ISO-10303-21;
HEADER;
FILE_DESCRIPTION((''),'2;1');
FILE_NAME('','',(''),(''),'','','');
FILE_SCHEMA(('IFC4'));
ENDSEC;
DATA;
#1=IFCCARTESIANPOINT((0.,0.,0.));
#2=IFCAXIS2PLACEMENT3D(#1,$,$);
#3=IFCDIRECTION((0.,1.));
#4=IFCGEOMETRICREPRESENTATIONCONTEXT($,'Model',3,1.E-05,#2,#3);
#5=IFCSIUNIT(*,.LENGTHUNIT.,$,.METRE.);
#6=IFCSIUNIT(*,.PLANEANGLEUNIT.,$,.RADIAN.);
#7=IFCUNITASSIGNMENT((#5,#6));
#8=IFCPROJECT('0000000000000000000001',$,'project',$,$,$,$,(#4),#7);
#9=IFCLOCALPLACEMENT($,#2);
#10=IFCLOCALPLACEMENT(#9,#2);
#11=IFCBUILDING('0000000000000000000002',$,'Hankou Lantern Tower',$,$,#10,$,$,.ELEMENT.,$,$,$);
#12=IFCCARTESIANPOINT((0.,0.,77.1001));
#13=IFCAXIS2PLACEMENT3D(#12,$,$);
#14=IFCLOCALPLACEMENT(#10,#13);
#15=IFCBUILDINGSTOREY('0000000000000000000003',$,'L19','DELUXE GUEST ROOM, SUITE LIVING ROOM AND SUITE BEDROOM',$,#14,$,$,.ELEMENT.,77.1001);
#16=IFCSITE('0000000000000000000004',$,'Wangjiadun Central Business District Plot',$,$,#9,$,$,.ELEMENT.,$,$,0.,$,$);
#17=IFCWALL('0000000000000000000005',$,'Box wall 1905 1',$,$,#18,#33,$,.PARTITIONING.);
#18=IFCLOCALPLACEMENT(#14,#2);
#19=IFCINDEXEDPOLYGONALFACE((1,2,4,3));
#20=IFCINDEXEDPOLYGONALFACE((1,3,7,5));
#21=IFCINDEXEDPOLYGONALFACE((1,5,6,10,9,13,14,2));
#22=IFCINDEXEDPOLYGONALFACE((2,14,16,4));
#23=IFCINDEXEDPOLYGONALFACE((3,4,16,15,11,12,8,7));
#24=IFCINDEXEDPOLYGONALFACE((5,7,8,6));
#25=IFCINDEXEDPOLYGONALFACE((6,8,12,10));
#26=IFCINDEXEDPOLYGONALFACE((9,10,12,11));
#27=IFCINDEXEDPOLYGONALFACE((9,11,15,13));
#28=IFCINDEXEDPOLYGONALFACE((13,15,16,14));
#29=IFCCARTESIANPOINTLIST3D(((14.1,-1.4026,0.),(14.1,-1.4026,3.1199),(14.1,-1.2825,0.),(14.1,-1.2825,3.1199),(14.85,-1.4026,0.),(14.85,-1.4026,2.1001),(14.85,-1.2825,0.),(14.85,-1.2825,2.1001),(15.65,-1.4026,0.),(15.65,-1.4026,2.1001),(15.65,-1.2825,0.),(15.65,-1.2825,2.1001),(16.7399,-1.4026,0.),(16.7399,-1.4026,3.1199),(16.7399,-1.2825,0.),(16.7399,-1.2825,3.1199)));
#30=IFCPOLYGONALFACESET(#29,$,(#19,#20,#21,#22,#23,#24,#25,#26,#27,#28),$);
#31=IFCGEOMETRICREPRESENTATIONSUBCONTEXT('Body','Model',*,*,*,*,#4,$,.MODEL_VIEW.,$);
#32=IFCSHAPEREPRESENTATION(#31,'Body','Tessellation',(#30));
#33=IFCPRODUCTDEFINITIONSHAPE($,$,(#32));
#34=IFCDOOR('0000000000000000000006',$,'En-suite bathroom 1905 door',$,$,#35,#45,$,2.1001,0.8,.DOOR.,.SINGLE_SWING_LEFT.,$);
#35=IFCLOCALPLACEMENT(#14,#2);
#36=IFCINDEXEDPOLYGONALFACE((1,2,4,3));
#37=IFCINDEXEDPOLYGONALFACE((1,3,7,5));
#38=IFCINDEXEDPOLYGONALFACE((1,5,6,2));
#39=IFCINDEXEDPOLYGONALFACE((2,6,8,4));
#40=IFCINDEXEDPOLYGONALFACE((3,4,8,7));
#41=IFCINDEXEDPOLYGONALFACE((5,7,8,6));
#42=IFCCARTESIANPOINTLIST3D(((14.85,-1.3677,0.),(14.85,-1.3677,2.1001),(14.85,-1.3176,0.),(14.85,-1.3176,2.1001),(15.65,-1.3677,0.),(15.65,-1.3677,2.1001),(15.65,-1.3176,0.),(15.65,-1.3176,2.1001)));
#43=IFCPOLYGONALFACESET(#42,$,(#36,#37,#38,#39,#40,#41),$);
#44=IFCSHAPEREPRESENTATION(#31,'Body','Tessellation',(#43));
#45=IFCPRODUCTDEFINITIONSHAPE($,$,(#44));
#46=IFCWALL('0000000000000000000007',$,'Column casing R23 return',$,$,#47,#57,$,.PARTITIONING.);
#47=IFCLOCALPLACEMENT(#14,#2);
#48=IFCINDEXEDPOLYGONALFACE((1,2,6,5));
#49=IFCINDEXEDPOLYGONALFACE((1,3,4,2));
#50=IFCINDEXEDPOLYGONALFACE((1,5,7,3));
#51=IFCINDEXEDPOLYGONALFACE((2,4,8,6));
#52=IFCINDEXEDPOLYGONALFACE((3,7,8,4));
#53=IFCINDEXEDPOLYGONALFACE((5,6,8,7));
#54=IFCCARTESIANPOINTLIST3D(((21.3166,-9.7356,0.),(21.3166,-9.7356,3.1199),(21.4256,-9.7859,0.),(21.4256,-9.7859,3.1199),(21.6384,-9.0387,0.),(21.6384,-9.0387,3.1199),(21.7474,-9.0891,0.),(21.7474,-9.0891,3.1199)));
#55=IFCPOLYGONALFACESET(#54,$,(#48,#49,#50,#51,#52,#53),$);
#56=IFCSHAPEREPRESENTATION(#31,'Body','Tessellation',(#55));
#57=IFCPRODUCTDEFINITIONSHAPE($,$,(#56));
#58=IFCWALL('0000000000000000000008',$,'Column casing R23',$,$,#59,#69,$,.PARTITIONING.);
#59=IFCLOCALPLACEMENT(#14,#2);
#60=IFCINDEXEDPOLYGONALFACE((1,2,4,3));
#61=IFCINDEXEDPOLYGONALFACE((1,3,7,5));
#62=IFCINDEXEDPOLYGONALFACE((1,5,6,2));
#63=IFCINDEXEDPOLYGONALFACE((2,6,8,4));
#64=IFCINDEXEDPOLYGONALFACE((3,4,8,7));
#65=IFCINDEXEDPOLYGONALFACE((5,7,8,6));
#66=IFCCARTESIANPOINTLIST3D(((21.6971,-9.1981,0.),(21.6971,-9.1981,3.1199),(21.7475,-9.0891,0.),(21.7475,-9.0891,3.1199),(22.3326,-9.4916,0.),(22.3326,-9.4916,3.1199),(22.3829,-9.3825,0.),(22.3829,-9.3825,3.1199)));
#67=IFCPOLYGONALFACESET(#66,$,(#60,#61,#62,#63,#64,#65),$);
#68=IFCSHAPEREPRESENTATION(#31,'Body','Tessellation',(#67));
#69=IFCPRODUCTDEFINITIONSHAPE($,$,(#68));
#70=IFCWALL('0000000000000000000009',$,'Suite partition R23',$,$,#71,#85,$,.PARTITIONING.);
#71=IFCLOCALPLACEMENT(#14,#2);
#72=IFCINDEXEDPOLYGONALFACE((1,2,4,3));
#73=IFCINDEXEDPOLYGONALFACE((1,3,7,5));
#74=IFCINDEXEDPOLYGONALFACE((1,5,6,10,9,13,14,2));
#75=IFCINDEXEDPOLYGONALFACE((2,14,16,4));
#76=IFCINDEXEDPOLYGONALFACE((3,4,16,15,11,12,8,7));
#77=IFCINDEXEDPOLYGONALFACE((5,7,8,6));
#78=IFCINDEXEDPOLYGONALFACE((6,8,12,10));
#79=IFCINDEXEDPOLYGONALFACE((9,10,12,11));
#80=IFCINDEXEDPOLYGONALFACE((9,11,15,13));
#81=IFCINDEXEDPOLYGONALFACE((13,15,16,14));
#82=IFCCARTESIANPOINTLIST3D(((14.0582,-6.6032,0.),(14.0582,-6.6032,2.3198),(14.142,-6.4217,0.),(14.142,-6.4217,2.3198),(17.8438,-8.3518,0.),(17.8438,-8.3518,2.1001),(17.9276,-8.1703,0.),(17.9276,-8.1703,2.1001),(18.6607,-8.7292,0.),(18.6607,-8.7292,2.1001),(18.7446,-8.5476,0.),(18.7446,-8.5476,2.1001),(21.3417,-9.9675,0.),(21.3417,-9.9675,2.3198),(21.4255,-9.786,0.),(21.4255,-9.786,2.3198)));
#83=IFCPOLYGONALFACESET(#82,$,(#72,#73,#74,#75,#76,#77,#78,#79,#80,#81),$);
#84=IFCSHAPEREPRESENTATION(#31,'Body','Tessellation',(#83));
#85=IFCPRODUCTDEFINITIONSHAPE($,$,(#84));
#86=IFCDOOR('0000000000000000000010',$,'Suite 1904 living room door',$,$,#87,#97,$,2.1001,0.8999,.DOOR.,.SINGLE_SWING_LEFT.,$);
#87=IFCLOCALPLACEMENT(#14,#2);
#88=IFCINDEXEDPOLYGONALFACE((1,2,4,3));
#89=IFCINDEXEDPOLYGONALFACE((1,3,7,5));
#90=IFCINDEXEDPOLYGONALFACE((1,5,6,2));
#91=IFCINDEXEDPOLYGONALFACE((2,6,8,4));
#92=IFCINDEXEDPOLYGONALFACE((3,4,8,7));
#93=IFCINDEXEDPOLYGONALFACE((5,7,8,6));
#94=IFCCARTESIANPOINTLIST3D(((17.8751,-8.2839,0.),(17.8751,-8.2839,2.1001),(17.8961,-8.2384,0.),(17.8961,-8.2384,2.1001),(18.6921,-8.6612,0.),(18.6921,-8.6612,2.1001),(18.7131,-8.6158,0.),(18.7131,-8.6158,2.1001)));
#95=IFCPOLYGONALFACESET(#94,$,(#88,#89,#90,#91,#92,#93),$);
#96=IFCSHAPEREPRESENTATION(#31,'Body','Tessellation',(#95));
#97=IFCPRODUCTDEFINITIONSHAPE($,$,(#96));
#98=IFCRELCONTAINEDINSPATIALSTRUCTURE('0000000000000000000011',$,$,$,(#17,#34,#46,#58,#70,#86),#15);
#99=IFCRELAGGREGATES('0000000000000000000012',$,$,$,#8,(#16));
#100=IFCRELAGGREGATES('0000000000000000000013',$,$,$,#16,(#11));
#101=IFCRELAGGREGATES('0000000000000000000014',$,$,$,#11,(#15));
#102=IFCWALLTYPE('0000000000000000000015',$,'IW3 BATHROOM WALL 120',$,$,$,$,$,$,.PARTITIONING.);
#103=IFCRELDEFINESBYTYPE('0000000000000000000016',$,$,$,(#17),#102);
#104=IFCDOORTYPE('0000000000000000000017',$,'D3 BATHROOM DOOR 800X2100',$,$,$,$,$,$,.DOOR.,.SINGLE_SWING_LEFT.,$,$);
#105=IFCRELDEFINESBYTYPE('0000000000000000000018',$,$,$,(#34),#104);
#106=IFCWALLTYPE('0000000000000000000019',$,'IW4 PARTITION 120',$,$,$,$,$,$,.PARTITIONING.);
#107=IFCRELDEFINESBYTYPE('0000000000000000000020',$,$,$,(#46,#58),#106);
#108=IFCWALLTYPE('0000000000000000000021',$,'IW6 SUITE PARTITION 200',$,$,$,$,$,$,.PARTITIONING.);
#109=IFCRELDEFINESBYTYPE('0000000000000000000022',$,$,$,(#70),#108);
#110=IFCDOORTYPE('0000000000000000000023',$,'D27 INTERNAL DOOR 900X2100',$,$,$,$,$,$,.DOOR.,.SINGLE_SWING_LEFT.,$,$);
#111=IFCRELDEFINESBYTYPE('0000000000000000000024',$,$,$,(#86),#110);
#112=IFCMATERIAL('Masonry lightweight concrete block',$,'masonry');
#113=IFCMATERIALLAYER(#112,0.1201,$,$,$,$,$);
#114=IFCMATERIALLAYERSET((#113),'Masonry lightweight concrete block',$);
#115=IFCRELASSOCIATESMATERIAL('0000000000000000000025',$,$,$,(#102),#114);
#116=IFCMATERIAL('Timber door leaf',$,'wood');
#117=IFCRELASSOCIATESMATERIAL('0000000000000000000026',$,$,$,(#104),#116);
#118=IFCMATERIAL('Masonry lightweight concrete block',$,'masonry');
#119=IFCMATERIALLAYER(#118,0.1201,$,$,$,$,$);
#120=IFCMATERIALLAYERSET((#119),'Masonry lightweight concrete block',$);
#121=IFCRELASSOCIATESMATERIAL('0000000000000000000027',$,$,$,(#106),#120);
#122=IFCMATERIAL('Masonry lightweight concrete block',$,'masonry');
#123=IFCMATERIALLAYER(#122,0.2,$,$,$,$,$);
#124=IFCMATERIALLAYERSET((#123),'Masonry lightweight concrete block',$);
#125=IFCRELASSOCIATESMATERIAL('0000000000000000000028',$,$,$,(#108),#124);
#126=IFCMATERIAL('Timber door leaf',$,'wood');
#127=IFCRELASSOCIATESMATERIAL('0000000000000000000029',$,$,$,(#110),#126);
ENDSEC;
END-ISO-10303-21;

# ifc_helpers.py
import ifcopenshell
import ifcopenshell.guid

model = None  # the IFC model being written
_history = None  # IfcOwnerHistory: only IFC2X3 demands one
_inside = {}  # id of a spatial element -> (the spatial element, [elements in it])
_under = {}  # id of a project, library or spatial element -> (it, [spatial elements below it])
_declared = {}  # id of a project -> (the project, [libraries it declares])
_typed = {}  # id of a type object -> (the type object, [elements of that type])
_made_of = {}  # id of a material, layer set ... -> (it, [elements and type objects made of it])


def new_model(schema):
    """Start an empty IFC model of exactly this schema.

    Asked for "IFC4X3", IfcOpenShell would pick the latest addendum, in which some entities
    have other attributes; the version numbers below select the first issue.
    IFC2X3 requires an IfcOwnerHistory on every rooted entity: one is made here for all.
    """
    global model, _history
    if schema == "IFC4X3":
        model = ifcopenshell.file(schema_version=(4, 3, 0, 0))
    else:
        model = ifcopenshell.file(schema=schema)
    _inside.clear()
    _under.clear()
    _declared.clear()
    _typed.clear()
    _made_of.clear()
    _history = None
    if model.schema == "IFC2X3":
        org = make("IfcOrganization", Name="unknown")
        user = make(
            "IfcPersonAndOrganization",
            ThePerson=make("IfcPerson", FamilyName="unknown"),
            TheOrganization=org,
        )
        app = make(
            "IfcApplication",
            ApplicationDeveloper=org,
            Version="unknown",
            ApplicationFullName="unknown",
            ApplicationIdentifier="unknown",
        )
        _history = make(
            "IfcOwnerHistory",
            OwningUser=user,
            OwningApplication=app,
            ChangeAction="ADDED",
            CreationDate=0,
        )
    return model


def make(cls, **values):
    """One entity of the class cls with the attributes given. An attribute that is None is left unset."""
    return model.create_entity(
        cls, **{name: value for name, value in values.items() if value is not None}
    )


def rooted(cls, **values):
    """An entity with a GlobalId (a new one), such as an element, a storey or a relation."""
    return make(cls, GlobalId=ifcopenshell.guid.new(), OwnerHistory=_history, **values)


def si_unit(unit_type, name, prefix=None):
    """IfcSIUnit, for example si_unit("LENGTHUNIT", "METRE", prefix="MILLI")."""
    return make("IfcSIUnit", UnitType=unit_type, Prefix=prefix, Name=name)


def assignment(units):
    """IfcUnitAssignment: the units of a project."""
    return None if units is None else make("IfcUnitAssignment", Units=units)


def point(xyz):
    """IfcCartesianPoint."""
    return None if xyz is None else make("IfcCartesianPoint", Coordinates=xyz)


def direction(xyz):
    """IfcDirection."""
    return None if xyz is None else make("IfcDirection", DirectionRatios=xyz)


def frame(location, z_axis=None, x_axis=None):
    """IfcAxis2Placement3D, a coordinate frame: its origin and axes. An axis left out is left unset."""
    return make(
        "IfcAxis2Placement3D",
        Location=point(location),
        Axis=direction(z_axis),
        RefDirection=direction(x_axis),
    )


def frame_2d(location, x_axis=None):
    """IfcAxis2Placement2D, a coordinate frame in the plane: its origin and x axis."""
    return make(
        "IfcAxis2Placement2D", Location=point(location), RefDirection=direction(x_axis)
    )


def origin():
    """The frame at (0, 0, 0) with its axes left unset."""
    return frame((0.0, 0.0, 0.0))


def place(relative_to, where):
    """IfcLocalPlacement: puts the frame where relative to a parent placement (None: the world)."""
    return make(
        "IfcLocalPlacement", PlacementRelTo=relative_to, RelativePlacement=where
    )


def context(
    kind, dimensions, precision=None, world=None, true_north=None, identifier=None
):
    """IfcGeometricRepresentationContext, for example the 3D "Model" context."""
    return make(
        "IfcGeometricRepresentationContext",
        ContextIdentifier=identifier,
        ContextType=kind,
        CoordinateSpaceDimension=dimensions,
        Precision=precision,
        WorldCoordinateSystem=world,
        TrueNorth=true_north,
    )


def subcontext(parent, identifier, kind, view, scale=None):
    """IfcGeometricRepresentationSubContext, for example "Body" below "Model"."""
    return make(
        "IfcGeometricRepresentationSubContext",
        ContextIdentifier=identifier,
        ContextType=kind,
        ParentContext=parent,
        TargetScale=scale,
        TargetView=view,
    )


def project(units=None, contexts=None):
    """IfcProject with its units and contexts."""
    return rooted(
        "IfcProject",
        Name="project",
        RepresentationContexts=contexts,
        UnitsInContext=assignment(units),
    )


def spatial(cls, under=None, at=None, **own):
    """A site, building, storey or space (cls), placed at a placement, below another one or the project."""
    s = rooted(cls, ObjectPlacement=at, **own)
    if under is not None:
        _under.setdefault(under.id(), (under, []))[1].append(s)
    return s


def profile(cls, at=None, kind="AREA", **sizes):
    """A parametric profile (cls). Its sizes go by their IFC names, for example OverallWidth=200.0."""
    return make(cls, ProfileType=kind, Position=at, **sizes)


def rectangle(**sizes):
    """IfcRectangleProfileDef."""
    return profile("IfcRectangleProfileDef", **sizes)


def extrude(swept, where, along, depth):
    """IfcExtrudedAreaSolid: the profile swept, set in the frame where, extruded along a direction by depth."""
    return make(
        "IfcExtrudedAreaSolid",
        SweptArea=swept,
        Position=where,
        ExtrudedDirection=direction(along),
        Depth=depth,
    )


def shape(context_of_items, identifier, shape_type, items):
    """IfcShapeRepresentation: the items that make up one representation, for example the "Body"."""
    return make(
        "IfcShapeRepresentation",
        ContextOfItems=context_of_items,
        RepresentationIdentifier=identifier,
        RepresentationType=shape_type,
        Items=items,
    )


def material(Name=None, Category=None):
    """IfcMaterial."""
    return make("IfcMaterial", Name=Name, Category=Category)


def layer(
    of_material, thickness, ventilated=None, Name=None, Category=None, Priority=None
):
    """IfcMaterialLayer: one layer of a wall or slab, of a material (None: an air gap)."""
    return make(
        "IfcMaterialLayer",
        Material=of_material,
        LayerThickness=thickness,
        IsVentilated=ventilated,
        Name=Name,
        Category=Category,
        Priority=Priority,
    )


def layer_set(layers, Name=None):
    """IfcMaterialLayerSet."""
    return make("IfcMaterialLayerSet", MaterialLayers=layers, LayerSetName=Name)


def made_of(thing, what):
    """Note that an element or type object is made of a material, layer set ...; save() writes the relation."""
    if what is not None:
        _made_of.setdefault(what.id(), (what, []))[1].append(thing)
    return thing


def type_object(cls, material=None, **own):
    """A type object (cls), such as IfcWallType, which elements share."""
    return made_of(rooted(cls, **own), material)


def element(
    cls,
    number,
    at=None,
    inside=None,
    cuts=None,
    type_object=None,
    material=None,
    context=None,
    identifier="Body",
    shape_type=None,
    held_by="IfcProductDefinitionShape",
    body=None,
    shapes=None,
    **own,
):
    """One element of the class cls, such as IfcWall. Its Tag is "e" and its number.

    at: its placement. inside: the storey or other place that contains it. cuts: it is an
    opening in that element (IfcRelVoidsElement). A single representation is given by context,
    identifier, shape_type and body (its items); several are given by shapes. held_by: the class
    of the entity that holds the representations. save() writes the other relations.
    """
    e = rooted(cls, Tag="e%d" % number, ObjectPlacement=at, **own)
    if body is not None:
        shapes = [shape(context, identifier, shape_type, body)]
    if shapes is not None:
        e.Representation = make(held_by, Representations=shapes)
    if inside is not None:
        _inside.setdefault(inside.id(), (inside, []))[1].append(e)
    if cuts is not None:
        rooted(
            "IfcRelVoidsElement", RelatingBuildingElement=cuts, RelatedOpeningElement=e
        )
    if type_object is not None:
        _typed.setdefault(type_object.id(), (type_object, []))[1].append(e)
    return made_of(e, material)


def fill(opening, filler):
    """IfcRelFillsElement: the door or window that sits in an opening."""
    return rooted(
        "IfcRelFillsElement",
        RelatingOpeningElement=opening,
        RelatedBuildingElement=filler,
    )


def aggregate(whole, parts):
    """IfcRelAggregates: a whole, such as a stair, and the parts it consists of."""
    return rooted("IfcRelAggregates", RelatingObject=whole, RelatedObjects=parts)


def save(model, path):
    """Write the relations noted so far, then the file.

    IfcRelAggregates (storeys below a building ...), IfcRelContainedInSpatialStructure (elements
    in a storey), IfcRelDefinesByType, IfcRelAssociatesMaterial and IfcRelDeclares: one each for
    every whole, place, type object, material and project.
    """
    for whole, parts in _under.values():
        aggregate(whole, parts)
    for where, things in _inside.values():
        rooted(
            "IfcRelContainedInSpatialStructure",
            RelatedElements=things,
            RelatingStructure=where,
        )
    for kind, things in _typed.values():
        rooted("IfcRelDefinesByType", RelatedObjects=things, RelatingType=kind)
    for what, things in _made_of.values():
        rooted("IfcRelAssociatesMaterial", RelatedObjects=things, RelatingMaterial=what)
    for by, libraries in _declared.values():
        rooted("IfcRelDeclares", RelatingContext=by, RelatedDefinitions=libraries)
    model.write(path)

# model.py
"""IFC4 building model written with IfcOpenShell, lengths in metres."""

from ifc_helpers import new_model, si_unit, direction, frame, frame_2d, origin, place, context, subcontext, project, spatial, rectangle, extrude, material, layer, layer_set, type_object, element, fill, save


model = new_model("IFC4")

# Units and contexts
model_context = context("Model", 3, precision=1e-05, world=origin(), true_north=direction((0.0, 1.0)))
body_context = subcontext(model_context, "Body", "Model", "MODEL_VIEW")
ifc_project = project(units=[si_unit("LENGTHUNIT", "METRE"), si_unit("PLANEANGLEUNIT", "RADIAN")], contexts=[model_context])

# Site, building, storey
site_placement = place(None, origin())
site = spatial("IfcSite", under=ifc_project, at=site_placement, Name="Wangjiadun Central Business District Plot", CompositionType="ELEMENT", RefElevation=0.0)
building_placement = place(site_placement, origin())
building = spatial("IfcBuilding", under=site, at=building_placement, Name="Hankou Lantern Tower", CompositionType="ELEMENT")
storey_placement = place(building_placement, frame((0.0, 0.0, 77.1001)))
storey = spatial("IfcBuildingStorey", under=building, at=storey_placement, Name="L19", Description="DELUXE GUEST ROOM, SUITE LIVING ROOM AND SUITE BEDROOM", CompositionType="ELEMENT", Elevation=77.1001)

# Shared definitions
ifc_material_1 = material(Name="Masonry lightweight concrete block", Category="masonry")
ifc_layer_1 = layer(ifc_material_1, 0.1201)
ifc_layer_set_1 = layer_set([ifc_layer_1], Name="Masonry lightweight concrete block")
wall_type_1 = type_object("IfcWallType", Name="IW3 BATHROOM WALL 120", PredefinedType="PARTITIONING", material=ifc_layer_set_1)

# Shared definitions
ifc_material_2 = material(Name="Timber door leaf", Category="wood")
door_type_1 = type_object("IfcDoorType", Name="D3 BATHROOM DOOR 800X2100", OperationType="SINGLE_SWING_LEFT", PredefinedType="DOOR", material=ifc_material_2)

# Wall, opening, door
wall_1_placement = place(storey_placement, frame((14.1001, -1.3425, 0.0), z_axis=(0.0, 0.0, 1.0), x_axis=(1.0, 0.0, 0.0)))
wall_1 = element("IfcWall", 1, at=wall_1_placement, inside=storey, type_object=wall_type_1, Name="Box wall 1905 1", PredefinedType="PARTITIONING", context=body_context, shape_type="SweptSolid", body=[
    extrude(rectangle(XDim=2.6399, YDim=0.1201, at=frame_2d((1.3198, 0.0))), origin(), (0.0, 0.0, 1.0), 3.1199),
])
opening_1_placement = place(wall_1_placement, frame((0.75, 0.0, 0.0)))
opening_1 = element("IfcOpeningElement", 2, at=opening_1_placement, cuts=wall_1, PredefinedType="OPENING", context=body_context, shape_type="SweptSolid", body=[
    extrude(rectangle(XDim=0.8, YDim=2.1001, at=frame_2d((0.3999, 1.05))), frame((0.0, 0.0701, 0.0), z_axis=(0.0, -1.0, 0.0), x_axis=(1.0, 0.0, 0.0)), (0.0, 0.0, 1.0), 0.1401),
])
door_1_placement = place(opening_1_placement, origin())
door_1 = element("IfcDoor", 3, at=door_1_placement, inside=storey, type_object=door_type_1, Name="En-suite bathroom 1905 door", OperationType="SINGLE_SWING_LEFT", OverallHeight=2.1001, OverallWidth=0.8, PredefinedType="DOOR", context=body_context, shape_type="SweptSolid", body=[
    extrude(rectangle(XDim=0.8, YDim=2.1001, at=frame_2d((0.3999, 1.05))), frame((0.0, 0.0249, 0.0), z_axis=(0.0, -1.0, 0.0), x_axis=(1.0, 0.0, 0.0)), (0.0, 0.0, 1.0), 0.05),
])
fill(opening_1, door_1)

# Walls
ifc_material_3 = material(Name="Masonry lightweight concrete block", Category="masonry")
ifc_layer_2 = layer(ifc_material_3, 0.1201)
ifc_layer_set_2 = layer_set([ifc_layer_2], Name="Masonry lightweight concrete block")
wall_type_2 = type_object("IfcWallType", Name="IW4 PARTITION 120", PredefinedType="PARTITIONING", material=ifc_layer_set_2)
wall_2_placement = place(storey_placement, frame((21.3711, -9.7607, 0.0), z_axis=(0.0, 0.0, 1.0), x_axis=(0.41926, 0.907866, 0.0)))
element("IfcWall", 4, at=wall_2_placement, inside=storey, type_object=wall_type_2, Name="Column casing R23 return", PredefinedType="PARTITIONING", context=body_context, shape_type="SweptSolid", body=[
    extrude(rectangle(XDim=0.7676, YDim=0.1201, at=frame_2d((0.3838, 0.0))), origin(), (0.0, 0.0, 1.0), 3.1199),
])
wall_3_placement = place(storey_placement, frame((21.7222, -9.1436, 0.0), z_axis=(0.0, 0.0, 1.0), x_axis=(0.907878, -0.419235, 0.0)))
element("IfcWall", 5, at=wall_3_placement, inside=storey, type_object=wall_type_2, Name="Column casing R23", PredefinedType="PARTITIONING", context=body_context, shape_type="SweptSolid", body=[
    extrude(rectangle(XDim=0.7, YDim=0.1201, at=frame_2d((0.3501, 0.0))), origin(), (0.0, 0.0, 1.0), 3.1199),
])

# Wall, opening, door
ifc_material_4 = material(Name="Masonry lightweight concrete block", Category="masonry")
ifc_layer_3 = layer(ifc_material_4, 0.2)
ifc_layer_set_3 = layer_set([ifc_layer_3], Name="Masonry lightweight concrete block")
wall_type_3 = type_object("IfcWallType", Name="IW6 SUITE PARTITION 200", PredefinedType="PARTITIONING", material=ifc_layer_set_3)
wall_4_placement = place(storey_placement, frame((14.1001, -6.5125, 0.0), z_axis=(0.0, 0.0, 1.0), x_axis=(0.907833, -0.419332, 0.0)))
wall_4 = element("IfcWall", 6, at=wall_4_placement, inside=storey, type_object=wall_type_3, Name="Suite partition R23", PredefinedType="PARTITIONING", context=body_context, shape_type="SweptSolid", body=[
    extrude(rectangle(XDim=8.0229, YDim=0.2, at=frame_2d((4.0115, 0.0))), origin(), (0.0, 0.0, 1.0), 2.3198),
])
opening_2_placement = place(wall_4_placement, frame((4.1699, 0.0, 0.0)))
opening_2 = element("IfcOpeningElement", 7, at=opening_2_placement, cuts=wall_4, PredefinedType="OPENING", context=body_context, shape_type="SweptSolid", body=[
    extrude(rectangle(XDim=0.8999, YDim=2.1001, at=frame_2d((0.45, 1.05))), frame((0.0, 0.1099, 0.0), z_axis=(0.0, -1.0, 0.0), x_axis=(1.0, 0.0, 0.0)), (0.0, 0.0, 1.0), 0.22),
])
ifc_material_5 = material(Name="Timber door leaf", Category="wood")
door_type_2 = type_object("IfcDoorType", Name="D27 INTERNAL DOOR 900X2100", OperationType="SINGLE_SWING_LEFT", PredefinedType="DOOR", material=ifc_material_5)
door_2_placement = place(opening_2_placement, origin())
door_2 = element("IfcDoor", 8, at=door_2_placement, inside=storey, type_object=door_type_2, Name="Suite 1904 living room door", OperationType="SINGLE_SWING_LEFT", OverallHeight=2.1001, OverallWidth=0.8999, PredefinedType="DOOR", context=body_context, shape_type="SweptSolid", body=[
    extrude(rectangle(XDim=0.8999, YDim=2.1001, at=frame_2d((0.45, 1.05))), frame((0.0, 0.0249, 0.0), z_axis=(0.0, -1.0, 0.0), x_axis=(1.0, 0.0, 0.0)), (0.0, 0.0, 1.0), 0.05),
])
fill(opening_2, door_2)

save(model, "model.ifc")
